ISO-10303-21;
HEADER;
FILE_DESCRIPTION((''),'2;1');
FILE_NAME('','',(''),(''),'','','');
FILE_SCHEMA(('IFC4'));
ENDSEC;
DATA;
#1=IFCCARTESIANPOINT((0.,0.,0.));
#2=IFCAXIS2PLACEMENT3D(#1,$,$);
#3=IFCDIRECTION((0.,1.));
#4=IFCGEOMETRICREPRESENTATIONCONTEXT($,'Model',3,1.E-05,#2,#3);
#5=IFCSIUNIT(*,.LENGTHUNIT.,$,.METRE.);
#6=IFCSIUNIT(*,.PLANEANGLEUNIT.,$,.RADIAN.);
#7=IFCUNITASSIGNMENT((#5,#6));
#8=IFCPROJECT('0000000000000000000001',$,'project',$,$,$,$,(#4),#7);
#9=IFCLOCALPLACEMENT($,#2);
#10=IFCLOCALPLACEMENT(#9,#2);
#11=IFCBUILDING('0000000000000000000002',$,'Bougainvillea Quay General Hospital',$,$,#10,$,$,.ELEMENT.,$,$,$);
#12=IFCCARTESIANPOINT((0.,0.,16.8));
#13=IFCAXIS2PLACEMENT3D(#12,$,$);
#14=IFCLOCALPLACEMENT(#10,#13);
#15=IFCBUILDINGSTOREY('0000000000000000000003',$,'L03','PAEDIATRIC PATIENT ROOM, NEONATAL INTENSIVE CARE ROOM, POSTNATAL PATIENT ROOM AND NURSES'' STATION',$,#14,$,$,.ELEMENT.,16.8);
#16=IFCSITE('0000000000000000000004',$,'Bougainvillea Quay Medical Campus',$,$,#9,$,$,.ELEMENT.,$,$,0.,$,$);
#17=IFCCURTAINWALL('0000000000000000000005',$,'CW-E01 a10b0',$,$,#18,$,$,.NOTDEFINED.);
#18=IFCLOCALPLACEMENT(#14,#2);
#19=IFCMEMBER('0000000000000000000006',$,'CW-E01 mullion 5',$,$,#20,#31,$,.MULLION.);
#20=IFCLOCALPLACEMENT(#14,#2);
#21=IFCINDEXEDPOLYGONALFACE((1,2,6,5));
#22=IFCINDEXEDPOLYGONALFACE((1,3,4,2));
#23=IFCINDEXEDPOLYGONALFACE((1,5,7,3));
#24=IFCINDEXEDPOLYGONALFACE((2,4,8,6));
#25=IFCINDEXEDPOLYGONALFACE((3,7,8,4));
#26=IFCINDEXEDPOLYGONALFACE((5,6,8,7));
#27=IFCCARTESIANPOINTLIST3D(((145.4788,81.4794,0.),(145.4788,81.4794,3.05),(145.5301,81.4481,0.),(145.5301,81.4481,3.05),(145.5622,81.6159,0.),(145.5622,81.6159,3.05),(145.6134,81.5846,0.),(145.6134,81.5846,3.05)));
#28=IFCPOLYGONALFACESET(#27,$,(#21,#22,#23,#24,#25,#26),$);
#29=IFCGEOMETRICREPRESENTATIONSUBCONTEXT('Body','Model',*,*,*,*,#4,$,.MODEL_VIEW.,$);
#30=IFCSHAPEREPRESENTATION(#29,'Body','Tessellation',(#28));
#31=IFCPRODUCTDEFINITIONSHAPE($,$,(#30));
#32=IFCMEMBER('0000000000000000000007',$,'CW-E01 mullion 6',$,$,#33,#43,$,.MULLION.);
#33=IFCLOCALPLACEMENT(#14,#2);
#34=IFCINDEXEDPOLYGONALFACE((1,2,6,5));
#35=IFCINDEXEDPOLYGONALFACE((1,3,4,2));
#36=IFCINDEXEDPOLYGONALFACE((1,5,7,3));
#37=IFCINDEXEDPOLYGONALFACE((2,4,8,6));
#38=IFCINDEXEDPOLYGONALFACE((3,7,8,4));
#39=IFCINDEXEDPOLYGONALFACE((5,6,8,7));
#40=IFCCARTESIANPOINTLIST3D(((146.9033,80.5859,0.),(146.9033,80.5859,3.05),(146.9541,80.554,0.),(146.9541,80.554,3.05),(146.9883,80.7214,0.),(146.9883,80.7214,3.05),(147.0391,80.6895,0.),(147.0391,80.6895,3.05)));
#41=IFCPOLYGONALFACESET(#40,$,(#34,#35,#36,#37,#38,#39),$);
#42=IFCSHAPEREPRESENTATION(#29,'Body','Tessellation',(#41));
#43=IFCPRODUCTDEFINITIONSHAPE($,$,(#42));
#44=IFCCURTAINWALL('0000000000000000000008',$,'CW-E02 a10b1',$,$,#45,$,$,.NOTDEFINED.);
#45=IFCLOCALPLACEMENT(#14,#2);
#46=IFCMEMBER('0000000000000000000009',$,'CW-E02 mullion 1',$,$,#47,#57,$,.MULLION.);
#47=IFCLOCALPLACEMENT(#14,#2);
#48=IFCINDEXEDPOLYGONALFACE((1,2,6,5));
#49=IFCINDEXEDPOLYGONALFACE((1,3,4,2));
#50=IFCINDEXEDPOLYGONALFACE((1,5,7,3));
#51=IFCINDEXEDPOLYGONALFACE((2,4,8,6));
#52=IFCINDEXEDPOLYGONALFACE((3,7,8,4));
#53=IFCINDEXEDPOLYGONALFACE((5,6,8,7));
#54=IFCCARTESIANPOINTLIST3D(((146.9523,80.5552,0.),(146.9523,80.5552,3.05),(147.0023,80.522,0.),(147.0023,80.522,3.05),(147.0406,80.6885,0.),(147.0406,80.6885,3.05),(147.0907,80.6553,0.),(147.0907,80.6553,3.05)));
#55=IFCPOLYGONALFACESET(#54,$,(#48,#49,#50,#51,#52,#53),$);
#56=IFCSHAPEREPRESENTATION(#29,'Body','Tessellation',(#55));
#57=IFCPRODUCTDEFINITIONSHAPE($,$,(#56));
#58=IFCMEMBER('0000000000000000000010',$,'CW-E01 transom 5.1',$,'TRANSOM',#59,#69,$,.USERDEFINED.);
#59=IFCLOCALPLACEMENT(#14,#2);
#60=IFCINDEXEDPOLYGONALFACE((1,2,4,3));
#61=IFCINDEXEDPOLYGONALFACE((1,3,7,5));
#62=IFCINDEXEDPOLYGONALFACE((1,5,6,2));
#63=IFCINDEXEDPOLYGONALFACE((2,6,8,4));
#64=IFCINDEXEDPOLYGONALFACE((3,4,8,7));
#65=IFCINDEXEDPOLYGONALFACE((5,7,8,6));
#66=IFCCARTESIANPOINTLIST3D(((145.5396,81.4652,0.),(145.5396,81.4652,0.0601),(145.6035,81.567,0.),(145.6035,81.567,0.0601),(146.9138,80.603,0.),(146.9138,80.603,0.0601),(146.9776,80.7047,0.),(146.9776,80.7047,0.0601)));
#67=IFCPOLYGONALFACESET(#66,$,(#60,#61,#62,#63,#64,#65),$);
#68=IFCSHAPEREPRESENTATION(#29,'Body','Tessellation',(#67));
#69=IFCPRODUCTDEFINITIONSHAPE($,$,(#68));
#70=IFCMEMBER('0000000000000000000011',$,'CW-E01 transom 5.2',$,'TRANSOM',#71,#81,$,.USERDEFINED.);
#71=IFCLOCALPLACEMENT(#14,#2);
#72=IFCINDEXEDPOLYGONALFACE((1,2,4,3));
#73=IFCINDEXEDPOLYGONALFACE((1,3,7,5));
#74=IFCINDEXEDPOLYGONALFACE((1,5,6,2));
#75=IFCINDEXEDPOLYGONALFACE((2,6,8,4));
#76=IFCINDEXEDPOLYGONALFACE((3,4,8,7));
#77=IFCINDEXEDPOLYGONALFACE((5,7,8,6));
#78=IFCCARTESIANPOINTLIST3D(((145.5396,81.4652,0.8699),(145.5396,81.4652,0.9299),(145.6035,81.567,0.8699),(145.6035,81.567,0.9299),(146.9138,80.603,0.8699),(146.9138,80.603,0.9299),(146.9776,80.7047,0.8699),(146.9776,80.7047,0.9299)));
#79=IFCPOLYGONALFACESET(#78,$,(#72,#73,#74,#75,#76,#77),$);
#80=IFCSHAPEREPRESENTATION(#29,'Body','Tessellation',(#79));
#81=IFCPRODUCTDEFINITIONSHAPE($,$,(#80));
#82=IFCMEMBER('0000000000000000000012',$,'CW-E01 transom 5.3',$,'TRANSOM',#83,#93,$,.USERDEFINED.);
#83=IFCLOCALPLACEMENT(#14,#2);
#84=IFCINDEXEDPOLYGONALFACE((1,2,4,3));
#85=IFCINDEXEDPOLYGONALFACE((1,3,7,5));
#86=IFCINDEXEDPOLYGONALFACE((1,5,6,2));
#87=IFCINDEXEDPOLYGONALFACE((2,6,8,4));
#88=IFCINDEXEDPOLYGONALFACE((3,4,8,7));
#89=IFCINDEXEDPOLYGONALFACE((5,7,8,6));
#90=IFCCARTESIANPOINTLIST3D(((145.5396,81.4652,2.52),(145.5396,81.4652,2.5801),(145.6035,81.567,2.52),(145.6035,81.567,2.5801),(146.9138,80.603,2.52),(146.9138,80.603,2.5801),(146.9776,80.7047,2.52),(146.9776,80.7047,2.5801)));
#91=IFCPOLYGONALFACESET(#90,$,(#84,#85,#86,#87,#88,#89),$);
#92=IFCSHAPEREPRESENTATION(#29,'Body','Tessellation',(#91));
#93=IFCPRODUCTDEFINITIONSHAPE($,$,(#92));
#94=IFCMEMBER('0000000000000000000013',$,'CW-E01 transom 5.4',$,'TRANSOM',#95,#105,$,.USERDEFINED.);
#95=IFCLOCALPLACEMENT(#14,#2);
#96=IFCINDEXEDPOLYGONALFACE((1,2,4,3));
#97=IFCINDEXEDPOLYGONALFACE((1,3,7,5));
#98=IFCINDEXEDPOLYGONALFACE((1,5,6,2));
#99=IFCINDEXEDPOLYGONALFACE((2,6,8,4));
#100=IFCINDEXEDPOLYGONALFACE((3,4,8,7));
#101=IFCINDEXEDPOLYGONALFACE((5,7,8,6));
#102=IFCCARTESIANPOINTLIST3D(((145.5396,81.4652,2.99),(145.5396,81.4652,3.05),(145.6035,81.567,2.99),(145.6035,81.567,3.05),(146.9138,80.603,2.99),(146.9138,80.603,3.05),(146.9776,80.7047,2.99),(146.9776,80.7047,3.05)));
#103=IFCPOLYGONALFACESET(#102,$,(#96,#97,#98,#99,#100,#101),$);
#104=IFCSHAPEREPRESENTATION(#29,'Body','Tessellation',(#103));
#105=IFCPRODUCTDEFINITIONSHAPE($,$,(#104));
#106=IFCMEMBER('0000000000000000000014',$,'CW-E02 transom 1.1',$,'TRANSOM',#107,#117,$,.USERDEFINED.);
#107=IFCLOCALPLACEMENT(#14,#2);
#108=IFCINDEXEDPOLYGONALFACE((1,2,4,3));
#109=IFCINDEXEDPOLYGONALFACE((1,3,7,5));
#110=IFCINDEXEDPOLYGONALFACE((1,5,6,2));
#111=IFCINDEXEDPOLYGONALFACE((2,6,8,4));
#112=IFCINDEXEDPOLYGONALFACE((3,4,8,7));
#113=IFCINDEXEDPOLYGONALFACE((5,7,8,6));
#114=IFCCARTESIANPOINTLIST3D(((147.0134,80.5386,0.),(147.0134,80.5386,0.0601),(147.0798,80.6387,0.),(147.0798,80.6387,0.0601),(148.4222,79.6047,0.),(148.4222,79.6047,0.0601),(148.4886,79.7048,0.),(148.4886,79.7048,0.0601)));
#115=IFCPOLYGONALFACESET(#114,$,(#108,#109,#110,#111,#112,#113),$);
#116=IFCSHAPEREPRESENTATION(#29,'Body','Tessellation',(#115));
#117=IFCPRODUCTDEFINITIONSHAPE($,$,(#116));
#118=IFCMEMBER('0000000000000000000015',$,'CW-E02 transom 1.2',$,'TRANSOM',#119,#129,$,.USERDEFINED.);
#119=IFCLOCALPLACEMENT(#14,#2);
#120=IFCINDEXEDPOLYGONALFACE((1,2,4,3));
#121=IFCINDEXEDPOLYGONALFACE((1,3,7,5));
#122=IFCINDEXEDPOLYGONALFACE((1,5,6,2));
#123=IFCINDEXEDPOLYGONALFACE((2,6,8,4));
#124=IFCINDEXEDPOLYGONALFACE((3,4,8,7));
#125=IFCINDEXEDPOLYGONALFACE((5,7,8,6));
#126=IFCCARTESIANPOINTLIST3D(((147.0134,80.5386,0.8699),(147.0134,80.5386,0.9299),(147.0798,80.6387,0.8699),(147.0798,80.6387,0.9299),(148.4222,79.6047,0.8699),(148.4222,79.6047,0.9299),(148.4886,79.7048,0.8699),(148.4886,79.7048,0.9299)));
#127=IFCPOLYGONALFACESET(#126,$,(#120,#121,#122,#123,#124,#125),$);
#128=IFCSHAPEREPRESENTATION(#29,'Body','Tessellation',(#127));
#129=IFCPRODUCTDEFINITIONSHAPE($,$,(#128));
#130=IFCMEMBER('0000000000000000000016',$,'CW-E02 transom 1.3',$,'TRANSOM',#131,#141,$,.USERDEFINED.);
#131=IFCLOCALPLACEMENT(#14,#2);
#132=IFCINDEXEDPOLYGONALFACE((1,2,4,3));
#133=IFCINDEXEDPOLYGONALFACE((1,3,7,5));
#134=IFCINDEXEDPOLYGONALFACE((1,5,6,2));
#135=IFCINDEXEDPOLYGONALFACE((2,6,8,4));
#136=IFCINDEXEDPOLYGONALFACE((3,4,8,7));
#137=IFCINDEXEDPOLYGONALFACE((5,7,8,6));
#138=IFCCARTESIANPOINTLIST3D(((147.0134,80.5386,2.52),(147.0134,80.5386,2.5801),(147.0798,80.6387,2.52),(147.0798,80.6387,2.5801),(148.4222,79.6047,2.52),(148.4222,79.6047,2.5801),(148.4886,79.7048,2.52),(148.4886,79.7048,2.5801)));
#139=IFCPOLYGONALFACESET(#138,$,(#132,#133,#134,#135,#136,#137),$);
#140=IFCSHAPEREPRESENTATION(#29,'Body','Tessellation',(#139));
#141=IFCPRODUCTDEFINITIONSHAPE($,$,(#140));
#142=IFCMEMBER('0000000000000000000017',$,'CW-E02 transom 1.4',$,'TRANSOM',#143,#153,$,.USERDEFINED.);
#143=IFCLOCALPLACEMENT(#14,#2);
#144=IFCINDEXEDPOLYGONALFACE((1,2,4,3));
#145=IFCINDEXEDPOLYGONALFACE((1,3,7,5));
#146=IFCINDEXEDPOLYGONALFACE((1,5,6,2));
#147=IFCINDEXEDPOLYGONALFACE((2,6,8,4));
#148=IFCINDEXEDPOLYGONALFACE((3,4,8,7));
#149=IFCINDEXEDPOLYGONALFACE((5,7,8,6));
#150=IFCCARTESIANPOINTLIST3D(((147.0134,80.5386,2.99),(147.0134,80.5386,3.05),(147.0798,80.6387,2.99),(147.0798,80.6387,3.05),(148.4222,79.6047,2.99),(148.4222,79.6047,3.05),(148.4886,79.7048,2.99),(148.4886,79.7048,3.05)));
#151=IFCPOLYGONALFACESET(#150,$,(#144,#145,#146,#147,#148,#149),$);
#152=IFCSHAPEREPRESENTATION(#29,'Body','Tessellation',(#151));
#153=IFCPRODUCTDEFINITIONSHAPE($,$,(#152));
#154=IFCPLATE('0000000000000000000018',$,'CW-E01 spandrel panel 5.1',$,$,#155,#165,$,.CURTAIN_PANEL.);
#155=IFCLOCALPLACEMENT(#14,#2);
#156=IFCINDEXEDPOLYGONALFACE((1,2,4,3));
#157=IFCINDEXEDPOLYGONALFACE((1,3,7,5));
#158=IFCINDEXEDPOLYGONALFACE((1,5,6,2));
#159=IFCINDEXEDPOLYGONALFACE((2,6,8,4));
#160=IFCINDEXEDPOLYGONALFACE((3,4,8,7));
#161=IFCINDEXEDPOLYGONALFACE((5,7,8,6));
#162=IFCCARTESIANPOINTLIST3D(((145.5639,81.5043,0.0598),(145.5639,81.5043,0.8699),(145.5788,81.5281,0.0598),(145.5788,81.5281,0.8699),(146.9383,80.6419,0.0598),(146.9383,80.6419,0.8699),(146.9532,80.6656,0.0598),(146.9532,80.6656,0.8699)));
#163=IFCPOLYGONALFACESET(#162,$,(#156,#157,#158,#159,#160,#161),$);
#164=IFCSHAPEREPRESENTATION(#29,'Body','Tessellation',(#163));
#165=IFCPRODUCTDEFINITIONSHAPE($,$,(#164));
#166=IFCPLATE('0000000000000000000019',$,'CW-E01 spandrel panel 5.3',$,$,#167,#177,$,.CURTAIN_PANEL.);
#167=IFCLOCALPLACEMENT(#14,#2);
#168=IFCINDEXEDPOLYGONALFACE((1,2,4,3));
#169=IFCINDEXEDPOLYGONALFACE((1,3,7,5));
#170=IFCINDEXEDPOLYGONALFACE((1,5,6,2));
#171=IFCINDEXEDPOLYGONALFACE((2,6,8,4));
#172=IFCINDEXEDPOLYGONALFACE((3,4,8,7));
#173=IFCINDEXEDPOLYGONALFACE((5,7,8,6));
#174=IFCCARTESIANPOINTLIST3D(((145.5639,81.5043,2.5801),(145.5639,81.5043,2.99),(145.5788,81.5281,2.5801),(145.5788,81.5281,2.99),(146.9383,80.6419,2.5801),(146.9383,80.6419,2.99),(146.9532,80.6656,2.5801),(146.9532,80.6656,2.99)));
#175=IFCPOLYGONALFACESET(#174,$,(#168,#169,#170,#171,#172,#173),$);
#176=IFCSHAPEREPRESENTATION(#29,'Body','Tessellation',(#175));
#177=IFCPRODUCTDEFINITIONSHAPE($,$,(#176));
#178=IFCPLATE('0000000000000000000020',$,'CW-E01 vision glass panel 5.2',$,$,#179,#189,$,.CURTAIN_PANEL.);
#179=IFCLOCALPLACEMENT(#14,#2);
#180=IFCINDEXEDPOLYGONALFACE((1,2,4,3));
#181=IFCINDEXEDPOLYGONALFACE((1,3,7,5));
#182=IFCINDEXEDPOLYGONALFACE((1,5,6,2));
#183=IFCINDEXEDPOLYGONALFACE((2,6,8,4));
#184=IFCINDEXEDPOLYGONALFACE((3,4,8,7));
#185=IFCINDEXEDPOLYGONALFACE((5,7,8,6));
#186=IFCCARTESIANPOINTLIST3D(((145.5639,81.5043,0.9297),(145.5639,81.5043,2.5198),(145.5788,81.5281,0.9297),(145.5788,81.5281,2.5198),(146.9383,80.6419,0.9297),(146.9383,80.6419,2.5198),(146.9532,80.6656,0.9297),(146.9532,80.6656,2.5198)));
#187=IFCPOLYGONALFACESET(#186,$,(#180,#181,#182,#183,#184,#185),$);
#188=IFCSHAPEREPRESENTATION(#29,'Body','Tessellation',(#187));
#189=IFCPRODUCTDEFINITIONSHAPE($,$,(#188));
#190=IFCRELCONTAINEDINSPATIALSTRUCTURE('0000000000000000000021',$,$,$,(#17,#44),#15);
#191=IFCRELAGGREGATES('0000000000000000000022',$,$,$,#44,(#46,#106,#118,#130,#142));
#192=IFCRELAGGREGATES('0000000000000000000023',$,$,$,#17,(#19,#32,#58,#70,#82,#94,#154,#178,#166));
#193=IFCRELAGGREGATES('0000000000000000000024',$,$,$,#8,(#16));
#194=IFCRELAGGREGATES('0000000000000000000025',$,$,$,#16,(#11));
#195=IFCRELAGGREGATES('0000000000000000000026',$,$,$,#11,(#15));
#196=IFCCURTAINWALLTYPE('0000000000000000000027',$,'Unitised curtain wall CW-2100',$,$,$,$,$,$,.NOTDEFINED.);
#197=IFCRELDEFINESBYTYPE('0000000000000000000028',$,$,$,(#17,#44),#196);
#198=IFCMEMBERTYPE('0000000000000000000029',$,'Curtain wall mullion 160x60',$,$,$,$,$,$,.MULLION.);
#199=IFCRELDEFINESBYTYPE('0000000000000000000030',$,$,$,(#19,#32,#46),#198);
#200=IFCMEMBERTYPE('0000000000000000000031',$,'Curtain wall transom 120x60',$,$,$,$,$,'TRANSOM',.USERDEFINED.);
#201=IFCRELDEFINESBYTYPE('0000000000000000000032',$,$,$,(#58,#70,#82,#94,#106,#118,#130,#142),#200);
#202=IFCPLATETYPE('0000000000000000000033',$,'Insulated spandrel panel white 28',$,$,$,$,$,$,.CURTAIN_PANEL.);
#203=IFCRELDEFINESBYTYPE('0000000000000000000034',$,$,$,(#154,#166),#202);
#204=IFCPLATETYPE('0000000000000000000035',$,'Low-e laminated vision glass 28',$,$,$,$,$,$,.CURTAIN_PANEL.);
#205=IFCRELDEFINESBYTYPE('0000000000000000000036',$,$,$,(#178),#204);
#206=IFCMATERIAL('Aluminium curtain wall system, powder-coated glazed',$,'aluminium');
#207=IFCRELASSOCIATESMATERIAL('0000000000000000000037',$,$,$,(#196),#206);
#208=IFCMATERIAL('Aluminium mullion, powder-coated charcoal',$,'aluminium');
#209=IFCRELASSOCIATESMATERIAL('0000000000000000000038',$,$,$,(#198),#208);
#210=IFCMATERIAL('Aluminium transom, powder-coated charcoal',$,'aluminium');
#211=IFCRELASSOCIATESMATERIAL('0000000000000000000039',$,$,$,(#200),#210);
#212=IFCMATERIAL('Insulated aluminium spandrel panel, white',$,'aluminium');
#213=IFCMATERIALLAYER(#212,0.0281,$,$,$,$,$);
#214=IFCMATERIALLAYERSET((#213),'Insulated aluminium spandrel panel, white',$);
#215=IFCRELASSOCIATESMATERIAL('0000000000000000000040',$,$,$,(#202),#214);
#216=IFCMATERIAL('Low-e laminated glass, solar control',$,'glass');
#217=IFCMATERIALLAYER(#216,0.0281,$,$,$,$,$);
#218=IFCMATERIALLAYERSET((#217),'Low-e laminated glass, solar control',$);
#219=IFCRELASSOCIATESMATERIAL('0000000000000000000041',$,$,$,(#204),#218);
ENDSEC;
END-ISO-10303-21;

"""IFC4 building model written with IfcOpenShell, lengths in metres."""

from ifc_helpers import new_model, si_unit, direction, frame, origin, origin_2d, place, context, subcontext, project, spatial, rectangle, extrude, material, layer, layer_set, material_profile, profile_set, type_object, element, aggregate, save


model = new_model("IFC4")

# Units and contexts
model_context = context("Model", 3, precision=1e-05, world=origin(), true_north=direction((0.0, 1.0)))
body_context = subcontext(model_context, "Body", "Model", "MODEL_VIEW")
ifc_project = project(units=[si_unit("LENGTHUNIT", "METRE"), si_unit("PLANEANGLEUNIT", "RADIAN")], contexts=[model_context])

# Site, building, storey
site_placement = place(None, origin())
site = spatial("IfcSite", under=ifc_project, at=site_placement, Name="Bougainvillea Quay Medical Campus", CompositionType="ELEMENT", RefElevation=0.0)
building_placement = place(site_placement, origin())
building = spatial("IfcBuilding", under=site, at=building_placement, Name="Bougainvillea Quay General Hospital", CompositionType="ELEMENT")
storey_placement = place(building_placement, frame((0.0, 0.0, 16.8)))
storey = spatial("IfcBuildingStorey", under=building, at=storey_placement, Name="L03", Description="PAEDIATRIC PATIENT ROOM, NEONATAL INTENSIVE CARE ROOM, POSTNATAL PATIENT ROOM AND NURSES' STATION", CompositionType="ELEMENT", Elevation=16.8)

# Curtain wall, members
ifc_material_1 = material(Name="Aluminium curtain wall system, powder-coated glazed", Category="aluminium")
curtain_wall_type = type_object("IfcCurtainWallType", Name="Unitised curtain wall CW-2100", PredefinedType="NOTDEFINED", material=ifc_material_1)
curtain_wall_1_placement = place(storey_placement, origin())
curtain_wall_1 = element("IfcCurtainWall", 1, at=curtain_wall_1_placement, inside=storey, type_object=curtain_wall_type, Name="CW-E01 a10b0", PredefinedType="NOTDEFINED")
ifc_material_2 = material(Name="Aluminium mullion, powder-coated charcoal", Category="aluminium")
ifc_material_profile_1 = material_profile(ifc_material_2, rectangle(XDim=0.1599, YDim=0.0601, at=origin_2d()))
ifc_profile_set_1 = profile_set([ifc_material_profile_1], Name="Aluminium mullion, powder-coated charcoal")
member_type_1 = type_object("IfcMemberType", Name="Curtain wall mullion 160x60", PredefinedType="MULLION", material=ifc_profile_set_1)
member_1_placement = place(storey_placement, frame((145.5461, 81.532, 0.0), z_axis=(0.0, 0.0, 1.0), x_axis=(0.521088, 0.853503, 0.0)))
member_1 = element("IfcMember", 2, at=member_1_placement, type_object=member_type_1, Name="CW-E01 mullion 5", PredefinedType="MULLION", context=body_context, shape_type="SweptSolid", body=[
    extrude(rectangle(XDim=0.1599, YDim=0.0601, at=origin_2d()), origin(), (0.0, 0.0, 1.0), 3.05),
])
member_2_placement = place(storey_placement, frame((146.9712, 80.6377, 0.0), z_axis=(0.0, 0.0, 1.0), x_axis=(0.531526, 0.847042, 0.0)))
member_2 = element("IfcMember", 3, at=member_2_placement, type_object=member_type_1, Name="CW-E01 mullion 6", PredefinedType="MULLION", context=body_context, shape_type="SweptSolid", body=[
    extrude(rectangle(XDim=0.1599, YDim=0.0601, at=origin_2d()), origin(), (0.0, 0.0, 1.0), 3.05),
])

# Curtain wall, member
curtain_wall_2_placement = place(storey_placement, origin())
curtain_wall_2 = element("IfcCurtainWall", 4, at=curtain_wall_2_placement, inside=storey, type_object=curtain_wall_type, Name="CW-E02 a10b1", PredefinedType="NOTDEFINED")
member_3_placement = place(storey_placement, frame((147.0215, 80.6052, 0.0), z_axis=(0.0, 0.0, 1.0), x_axis=(0.552566, 0.833469, 0.0)))
member_3 = element("IfcMember", 5, at=member_3_placement, type_object=member_type_1, Name="CW-E02 mullion 1", PredefinedType="MULLION", context=body_context, shape_type="SweptSolid", body=[
    extrude(rectangle(XDim=0.1599, YDim=0.0601, at=origin_2d()), origin(), (0.0, 0.0, 1.0), 3.05),
])

# Members
ifc_material_3 = material(Name="Aluminium transom, powder-coated charcoal", Category="aluminium")
ifc_material_profile_2 = material_profile(ifc_material_3, rectangle(XDim=0.1201, YDim=0.0601, at=origin_2d()))
ifc_profile_set_2 = profile_set([ifc_material_profile_2], Name="Aluminium transom, powder-coated charcoal")
member_type_2 = type_object("IfcMemberType", Name="Curtain wall transom 120x60", ElementType="TRANSOM", PredefinedType="USERDEFINED", material=ifc_profile_set_2)
member_4_placement = place(storey_placement, frame((145.5715, 81.5161, 0.03), z_axis=(0.847059, -0.5315, 0.0), x_axis=(0.5315, 0.847059, 0.0)))
member_4 = element("IfcMember", 6, at=member_4_placement, type_object=member_type_2, Name="CW-E01 transom 5.1", ObjectType="TRANSOM", PredefinedType="USERDEFINED", context=body_context, shape_type="SweptSolid", body=[
    extrude(rectangle(XDim=0.1201, YDim=0.0601, at=origin_2d()), origin(), (0.0, 0.0, 1.0), 1.6223),
])
member_5_placement = place(storey_placement, frame((145.5715, 81.5161, 0.8999), z_axis=(0.847059, -0.5315, 0.0), x_axis=(0.5315, 0.847059, 0.0)))
member_5 = element("IfcMember", 7, at=member_5_placement, type_object=member_type_2, Name="CW-E01 transom 5.2", ObjectType="TRANSOM", PredefinedType="USERDEFINED", context=body_context, shape_type="SweptSolid", body=[
    extrude(rectangle(XDim=0.1201, YDim=0.0601, at=origin_2d()), origin(), (0.0, 0.0, 1.0), 1.6223),
])
member_6_placement = place(storey_placement, frame((145.5715, 81.5161, 2.55), z_axis=(0.847059, -0.5315, 0.0), x_axis=(0.5315, 0.847059, 0.0)))
member_6 = element("IfcMember", 8, at=member_6_placement, type_object=member_type_2, Name="CW-E01 transom 5.3", ObjectType="TRANSOM", PredefinedType="USERDEFINED", context=body_context, shape_type="SweptSolid", body=[
    extrude(rectangle(XDim=0.1201, YDim=0.0601, at=origin_2d()), origin(), (0.0, 0.0, 1.0), 1.6223),
])
member_7_placement = place(storey_placement, frame((145.5715, 81.5161, 3.02), z_axis=(0.847059, -0.5315, 0.0), x_axis=(0.5315, 0.847059, 0.0)))
member_7 = element("IfcMember", 9, at=member_7_placement, type_object=member_type_2, Name="CW-E01 transom 5.4", ObjectType="TRANSOM", PredefinedType="USERDEFINED", context=body_context, shape_type="SweptSolid", body=[
    extrude(rectangle(XDim=0.1201, YDim=0.0601, at=origin_2d()), origin(), (0.0, 0.0, 1.0), 1.6223),
])
member_8_placement = place(storey_placement, frame((147.0466, 80.5886, 0.03), z_axis=(0.833492, -0.552532, 0.0), x_axis=(0.552532, 0.833492, 0.0)))
member_8 = element("IfcMember", 10, at=member_8_placement, type_object=member_type_2, Name="CW-E02 transom 1.1", ObjectType="TRANSOM", PredefinedType="USERDEFINED", context=body_context, shape_type="SweptSolid", body=[
    extrude(rectangle(XDim=0.1201, YDim=0.0601, at=origin_2d()), origin(), (0.0, 0.0, 1.0), 1.6902),
])
member_9_placement = place(storey_placement, frame((147.0466, 80.5886, 0.8999), z_axis=(0.833492, -0.552532, 0.0), x_axis=(0.552532, 0.833492, 0.0)))
member_9 = element("IfcMember", 11, at=member_9_placement, type_object=member_type_2, Name="CW-E02 transom 1.2", ObjectType="TRANSOM", PredefinedType="USERDEFINED", context=body_context, shape_type="SweptSolid", body=[
    extrude(rectangle(XDim=0.1201, YDim=0.0601, at=origin_2d()), origin(), (0.0, 0.0, 1.0), 1.6902),
])
member_10_placement = place(storey_placement, frame((147.0466, 80.5886, 2.55), z_axis=(0.833492, -0.552532, 0.0), x_axis=(0.552532, 0.833492, 0.0)))
member_10 = element("IfcMember", 12, at=member_10_placement, type_object=member_type_2, Name="CW-E02 transom 1.3", ObjectType="TRANSOM", PredefinedType="USERDEFINED", context=body_context, shape_type="SweptSolid", body=[
    extrude(rectangle(XDim=0.1201, YDim=0.0601, at=origin_2d()), origin(), (0.0, 0.0, 1.0), 1.6902),
])
member_11_placement = place(storey_placement, frame((147.0466, 80.5886, 3.02), z_axis=(0.833492, -0.552532, 0.0), x_axis=(0.552532, 0.833492, 0.0)))
member_11 = element("IfcMember", 13, at=member_11_placement, type_object=member_type_2, Name="CW-E02 transom 1.4", ObjectType="TRANSOM", PredefinedType="USERDEFINED", context=body_context, shape_type="SweptSolid", body=[
    extrude(rectangle(XDim=0.1201, YDim=0.0601, at=origin_2d()), origin(), (0.0, 0.0, 1.0), 1.6902),
])
aggregate(curtain_wall_2, [member_3, member_8, member_9, member_10, member_11])

# Plates
ifc_material_4 = material(Name="Insulated aluminium spandrel panel, white", Category="aluminium")
ifc_layer_1 = layer(ifc_material_4, 0.0281)
ifc_layer_set_1 = layer_set([ifc_layer_1], Name="Insulated aluminium spandrel panel, white")
plate_type_1 = type_object("IfcPlateType", Name="Insulated spandrel panel white 28", PredefinedType="CURTAIN_PANEL", material=ifc_layer_set_1)
plate_1_placement = place(storey_placement, frame((146.2585, 81.085, 0.0598), z_axis=(0.0, 0.0, 1.0), x_axis=(0.847042, -0.531526, 0.0)))
plate_1 = element("IfcPlate", 14, at=plate_1_placement, type_object=plate_type_1, Name="CW-E01 spandrel panel 5.1", PredefinedType="CURTAIN_PANEL", context=body_context, shape_type="SweptSolid", body=[
    extrude(rectangle(XDim=1.6226, YDim=0.0281, at=origin_2d()), origin(), (0.0, 0.0, 1.0), 0.8101),
])
plate_2_placement = place(storey_placement, frame((146.2585, 81.085, 2.5801), z_axis=(0.0, 0.0, 1.0), x_axis=(0.847042, -0.531526, 0.0)))
plate_2 = element("IfcPlate", 15, at=plate_2_placement, type_object=plate_type_1, Name="CW-E01 spandrel panel 5.3", PredefinedType="CURTAIN_PANEL", context=body_context, shape_type="SweptSolid", body=[
    extrude(rectangle(XDim=1.6226, YDim=0.0281, at=origin_2d()), origin(), (0.0, 0.0, 1.0), 0.4099),
])
ifc_material_5 = material(Name="Low-e laminated glass, solar control", Category="glass")
ifc_layer_2 = layer(ifc_material_5, 0.0281)
ifc_layer_set_2 = layer_set([ifc_layer_2], Name="Low-e laminated glass, solar control")
plate_type_2 = type_object("IfcPlateType", Name="Low-e laminated vision glass 28", PredefinedType="CURTAIN_PANEL", material=ifc_layer_set_2)
plate_3_placement = place(storey_placement, frame((146.2585, 81.085, 0.9297), z_axis=(0.0, 0.0, 1.0), x_axis=(0.847042, -0.531526, 0.0)))
plate_3 = element("IfcPlate", 16, at=plate_3_placement, type_object=plate_type_2, Name="CW-E01 vision glass panel 5.2", PredefinedType="CURTAIN_PANEL", context=body_context, shape_type="SweptSolid", body=[
    extrude(rectangle(XDim=1.6226, YDim=0.0281, at=origin_2d()), origin(), (0.0, 0.0, 1.0), 1.5901),
])
aggregate(curtain_wall_1, [member_1, member_2, member_4, member_5, member_6, member_7, plate_1, plate_3, plate_2])

save(model, "model.ifc")
